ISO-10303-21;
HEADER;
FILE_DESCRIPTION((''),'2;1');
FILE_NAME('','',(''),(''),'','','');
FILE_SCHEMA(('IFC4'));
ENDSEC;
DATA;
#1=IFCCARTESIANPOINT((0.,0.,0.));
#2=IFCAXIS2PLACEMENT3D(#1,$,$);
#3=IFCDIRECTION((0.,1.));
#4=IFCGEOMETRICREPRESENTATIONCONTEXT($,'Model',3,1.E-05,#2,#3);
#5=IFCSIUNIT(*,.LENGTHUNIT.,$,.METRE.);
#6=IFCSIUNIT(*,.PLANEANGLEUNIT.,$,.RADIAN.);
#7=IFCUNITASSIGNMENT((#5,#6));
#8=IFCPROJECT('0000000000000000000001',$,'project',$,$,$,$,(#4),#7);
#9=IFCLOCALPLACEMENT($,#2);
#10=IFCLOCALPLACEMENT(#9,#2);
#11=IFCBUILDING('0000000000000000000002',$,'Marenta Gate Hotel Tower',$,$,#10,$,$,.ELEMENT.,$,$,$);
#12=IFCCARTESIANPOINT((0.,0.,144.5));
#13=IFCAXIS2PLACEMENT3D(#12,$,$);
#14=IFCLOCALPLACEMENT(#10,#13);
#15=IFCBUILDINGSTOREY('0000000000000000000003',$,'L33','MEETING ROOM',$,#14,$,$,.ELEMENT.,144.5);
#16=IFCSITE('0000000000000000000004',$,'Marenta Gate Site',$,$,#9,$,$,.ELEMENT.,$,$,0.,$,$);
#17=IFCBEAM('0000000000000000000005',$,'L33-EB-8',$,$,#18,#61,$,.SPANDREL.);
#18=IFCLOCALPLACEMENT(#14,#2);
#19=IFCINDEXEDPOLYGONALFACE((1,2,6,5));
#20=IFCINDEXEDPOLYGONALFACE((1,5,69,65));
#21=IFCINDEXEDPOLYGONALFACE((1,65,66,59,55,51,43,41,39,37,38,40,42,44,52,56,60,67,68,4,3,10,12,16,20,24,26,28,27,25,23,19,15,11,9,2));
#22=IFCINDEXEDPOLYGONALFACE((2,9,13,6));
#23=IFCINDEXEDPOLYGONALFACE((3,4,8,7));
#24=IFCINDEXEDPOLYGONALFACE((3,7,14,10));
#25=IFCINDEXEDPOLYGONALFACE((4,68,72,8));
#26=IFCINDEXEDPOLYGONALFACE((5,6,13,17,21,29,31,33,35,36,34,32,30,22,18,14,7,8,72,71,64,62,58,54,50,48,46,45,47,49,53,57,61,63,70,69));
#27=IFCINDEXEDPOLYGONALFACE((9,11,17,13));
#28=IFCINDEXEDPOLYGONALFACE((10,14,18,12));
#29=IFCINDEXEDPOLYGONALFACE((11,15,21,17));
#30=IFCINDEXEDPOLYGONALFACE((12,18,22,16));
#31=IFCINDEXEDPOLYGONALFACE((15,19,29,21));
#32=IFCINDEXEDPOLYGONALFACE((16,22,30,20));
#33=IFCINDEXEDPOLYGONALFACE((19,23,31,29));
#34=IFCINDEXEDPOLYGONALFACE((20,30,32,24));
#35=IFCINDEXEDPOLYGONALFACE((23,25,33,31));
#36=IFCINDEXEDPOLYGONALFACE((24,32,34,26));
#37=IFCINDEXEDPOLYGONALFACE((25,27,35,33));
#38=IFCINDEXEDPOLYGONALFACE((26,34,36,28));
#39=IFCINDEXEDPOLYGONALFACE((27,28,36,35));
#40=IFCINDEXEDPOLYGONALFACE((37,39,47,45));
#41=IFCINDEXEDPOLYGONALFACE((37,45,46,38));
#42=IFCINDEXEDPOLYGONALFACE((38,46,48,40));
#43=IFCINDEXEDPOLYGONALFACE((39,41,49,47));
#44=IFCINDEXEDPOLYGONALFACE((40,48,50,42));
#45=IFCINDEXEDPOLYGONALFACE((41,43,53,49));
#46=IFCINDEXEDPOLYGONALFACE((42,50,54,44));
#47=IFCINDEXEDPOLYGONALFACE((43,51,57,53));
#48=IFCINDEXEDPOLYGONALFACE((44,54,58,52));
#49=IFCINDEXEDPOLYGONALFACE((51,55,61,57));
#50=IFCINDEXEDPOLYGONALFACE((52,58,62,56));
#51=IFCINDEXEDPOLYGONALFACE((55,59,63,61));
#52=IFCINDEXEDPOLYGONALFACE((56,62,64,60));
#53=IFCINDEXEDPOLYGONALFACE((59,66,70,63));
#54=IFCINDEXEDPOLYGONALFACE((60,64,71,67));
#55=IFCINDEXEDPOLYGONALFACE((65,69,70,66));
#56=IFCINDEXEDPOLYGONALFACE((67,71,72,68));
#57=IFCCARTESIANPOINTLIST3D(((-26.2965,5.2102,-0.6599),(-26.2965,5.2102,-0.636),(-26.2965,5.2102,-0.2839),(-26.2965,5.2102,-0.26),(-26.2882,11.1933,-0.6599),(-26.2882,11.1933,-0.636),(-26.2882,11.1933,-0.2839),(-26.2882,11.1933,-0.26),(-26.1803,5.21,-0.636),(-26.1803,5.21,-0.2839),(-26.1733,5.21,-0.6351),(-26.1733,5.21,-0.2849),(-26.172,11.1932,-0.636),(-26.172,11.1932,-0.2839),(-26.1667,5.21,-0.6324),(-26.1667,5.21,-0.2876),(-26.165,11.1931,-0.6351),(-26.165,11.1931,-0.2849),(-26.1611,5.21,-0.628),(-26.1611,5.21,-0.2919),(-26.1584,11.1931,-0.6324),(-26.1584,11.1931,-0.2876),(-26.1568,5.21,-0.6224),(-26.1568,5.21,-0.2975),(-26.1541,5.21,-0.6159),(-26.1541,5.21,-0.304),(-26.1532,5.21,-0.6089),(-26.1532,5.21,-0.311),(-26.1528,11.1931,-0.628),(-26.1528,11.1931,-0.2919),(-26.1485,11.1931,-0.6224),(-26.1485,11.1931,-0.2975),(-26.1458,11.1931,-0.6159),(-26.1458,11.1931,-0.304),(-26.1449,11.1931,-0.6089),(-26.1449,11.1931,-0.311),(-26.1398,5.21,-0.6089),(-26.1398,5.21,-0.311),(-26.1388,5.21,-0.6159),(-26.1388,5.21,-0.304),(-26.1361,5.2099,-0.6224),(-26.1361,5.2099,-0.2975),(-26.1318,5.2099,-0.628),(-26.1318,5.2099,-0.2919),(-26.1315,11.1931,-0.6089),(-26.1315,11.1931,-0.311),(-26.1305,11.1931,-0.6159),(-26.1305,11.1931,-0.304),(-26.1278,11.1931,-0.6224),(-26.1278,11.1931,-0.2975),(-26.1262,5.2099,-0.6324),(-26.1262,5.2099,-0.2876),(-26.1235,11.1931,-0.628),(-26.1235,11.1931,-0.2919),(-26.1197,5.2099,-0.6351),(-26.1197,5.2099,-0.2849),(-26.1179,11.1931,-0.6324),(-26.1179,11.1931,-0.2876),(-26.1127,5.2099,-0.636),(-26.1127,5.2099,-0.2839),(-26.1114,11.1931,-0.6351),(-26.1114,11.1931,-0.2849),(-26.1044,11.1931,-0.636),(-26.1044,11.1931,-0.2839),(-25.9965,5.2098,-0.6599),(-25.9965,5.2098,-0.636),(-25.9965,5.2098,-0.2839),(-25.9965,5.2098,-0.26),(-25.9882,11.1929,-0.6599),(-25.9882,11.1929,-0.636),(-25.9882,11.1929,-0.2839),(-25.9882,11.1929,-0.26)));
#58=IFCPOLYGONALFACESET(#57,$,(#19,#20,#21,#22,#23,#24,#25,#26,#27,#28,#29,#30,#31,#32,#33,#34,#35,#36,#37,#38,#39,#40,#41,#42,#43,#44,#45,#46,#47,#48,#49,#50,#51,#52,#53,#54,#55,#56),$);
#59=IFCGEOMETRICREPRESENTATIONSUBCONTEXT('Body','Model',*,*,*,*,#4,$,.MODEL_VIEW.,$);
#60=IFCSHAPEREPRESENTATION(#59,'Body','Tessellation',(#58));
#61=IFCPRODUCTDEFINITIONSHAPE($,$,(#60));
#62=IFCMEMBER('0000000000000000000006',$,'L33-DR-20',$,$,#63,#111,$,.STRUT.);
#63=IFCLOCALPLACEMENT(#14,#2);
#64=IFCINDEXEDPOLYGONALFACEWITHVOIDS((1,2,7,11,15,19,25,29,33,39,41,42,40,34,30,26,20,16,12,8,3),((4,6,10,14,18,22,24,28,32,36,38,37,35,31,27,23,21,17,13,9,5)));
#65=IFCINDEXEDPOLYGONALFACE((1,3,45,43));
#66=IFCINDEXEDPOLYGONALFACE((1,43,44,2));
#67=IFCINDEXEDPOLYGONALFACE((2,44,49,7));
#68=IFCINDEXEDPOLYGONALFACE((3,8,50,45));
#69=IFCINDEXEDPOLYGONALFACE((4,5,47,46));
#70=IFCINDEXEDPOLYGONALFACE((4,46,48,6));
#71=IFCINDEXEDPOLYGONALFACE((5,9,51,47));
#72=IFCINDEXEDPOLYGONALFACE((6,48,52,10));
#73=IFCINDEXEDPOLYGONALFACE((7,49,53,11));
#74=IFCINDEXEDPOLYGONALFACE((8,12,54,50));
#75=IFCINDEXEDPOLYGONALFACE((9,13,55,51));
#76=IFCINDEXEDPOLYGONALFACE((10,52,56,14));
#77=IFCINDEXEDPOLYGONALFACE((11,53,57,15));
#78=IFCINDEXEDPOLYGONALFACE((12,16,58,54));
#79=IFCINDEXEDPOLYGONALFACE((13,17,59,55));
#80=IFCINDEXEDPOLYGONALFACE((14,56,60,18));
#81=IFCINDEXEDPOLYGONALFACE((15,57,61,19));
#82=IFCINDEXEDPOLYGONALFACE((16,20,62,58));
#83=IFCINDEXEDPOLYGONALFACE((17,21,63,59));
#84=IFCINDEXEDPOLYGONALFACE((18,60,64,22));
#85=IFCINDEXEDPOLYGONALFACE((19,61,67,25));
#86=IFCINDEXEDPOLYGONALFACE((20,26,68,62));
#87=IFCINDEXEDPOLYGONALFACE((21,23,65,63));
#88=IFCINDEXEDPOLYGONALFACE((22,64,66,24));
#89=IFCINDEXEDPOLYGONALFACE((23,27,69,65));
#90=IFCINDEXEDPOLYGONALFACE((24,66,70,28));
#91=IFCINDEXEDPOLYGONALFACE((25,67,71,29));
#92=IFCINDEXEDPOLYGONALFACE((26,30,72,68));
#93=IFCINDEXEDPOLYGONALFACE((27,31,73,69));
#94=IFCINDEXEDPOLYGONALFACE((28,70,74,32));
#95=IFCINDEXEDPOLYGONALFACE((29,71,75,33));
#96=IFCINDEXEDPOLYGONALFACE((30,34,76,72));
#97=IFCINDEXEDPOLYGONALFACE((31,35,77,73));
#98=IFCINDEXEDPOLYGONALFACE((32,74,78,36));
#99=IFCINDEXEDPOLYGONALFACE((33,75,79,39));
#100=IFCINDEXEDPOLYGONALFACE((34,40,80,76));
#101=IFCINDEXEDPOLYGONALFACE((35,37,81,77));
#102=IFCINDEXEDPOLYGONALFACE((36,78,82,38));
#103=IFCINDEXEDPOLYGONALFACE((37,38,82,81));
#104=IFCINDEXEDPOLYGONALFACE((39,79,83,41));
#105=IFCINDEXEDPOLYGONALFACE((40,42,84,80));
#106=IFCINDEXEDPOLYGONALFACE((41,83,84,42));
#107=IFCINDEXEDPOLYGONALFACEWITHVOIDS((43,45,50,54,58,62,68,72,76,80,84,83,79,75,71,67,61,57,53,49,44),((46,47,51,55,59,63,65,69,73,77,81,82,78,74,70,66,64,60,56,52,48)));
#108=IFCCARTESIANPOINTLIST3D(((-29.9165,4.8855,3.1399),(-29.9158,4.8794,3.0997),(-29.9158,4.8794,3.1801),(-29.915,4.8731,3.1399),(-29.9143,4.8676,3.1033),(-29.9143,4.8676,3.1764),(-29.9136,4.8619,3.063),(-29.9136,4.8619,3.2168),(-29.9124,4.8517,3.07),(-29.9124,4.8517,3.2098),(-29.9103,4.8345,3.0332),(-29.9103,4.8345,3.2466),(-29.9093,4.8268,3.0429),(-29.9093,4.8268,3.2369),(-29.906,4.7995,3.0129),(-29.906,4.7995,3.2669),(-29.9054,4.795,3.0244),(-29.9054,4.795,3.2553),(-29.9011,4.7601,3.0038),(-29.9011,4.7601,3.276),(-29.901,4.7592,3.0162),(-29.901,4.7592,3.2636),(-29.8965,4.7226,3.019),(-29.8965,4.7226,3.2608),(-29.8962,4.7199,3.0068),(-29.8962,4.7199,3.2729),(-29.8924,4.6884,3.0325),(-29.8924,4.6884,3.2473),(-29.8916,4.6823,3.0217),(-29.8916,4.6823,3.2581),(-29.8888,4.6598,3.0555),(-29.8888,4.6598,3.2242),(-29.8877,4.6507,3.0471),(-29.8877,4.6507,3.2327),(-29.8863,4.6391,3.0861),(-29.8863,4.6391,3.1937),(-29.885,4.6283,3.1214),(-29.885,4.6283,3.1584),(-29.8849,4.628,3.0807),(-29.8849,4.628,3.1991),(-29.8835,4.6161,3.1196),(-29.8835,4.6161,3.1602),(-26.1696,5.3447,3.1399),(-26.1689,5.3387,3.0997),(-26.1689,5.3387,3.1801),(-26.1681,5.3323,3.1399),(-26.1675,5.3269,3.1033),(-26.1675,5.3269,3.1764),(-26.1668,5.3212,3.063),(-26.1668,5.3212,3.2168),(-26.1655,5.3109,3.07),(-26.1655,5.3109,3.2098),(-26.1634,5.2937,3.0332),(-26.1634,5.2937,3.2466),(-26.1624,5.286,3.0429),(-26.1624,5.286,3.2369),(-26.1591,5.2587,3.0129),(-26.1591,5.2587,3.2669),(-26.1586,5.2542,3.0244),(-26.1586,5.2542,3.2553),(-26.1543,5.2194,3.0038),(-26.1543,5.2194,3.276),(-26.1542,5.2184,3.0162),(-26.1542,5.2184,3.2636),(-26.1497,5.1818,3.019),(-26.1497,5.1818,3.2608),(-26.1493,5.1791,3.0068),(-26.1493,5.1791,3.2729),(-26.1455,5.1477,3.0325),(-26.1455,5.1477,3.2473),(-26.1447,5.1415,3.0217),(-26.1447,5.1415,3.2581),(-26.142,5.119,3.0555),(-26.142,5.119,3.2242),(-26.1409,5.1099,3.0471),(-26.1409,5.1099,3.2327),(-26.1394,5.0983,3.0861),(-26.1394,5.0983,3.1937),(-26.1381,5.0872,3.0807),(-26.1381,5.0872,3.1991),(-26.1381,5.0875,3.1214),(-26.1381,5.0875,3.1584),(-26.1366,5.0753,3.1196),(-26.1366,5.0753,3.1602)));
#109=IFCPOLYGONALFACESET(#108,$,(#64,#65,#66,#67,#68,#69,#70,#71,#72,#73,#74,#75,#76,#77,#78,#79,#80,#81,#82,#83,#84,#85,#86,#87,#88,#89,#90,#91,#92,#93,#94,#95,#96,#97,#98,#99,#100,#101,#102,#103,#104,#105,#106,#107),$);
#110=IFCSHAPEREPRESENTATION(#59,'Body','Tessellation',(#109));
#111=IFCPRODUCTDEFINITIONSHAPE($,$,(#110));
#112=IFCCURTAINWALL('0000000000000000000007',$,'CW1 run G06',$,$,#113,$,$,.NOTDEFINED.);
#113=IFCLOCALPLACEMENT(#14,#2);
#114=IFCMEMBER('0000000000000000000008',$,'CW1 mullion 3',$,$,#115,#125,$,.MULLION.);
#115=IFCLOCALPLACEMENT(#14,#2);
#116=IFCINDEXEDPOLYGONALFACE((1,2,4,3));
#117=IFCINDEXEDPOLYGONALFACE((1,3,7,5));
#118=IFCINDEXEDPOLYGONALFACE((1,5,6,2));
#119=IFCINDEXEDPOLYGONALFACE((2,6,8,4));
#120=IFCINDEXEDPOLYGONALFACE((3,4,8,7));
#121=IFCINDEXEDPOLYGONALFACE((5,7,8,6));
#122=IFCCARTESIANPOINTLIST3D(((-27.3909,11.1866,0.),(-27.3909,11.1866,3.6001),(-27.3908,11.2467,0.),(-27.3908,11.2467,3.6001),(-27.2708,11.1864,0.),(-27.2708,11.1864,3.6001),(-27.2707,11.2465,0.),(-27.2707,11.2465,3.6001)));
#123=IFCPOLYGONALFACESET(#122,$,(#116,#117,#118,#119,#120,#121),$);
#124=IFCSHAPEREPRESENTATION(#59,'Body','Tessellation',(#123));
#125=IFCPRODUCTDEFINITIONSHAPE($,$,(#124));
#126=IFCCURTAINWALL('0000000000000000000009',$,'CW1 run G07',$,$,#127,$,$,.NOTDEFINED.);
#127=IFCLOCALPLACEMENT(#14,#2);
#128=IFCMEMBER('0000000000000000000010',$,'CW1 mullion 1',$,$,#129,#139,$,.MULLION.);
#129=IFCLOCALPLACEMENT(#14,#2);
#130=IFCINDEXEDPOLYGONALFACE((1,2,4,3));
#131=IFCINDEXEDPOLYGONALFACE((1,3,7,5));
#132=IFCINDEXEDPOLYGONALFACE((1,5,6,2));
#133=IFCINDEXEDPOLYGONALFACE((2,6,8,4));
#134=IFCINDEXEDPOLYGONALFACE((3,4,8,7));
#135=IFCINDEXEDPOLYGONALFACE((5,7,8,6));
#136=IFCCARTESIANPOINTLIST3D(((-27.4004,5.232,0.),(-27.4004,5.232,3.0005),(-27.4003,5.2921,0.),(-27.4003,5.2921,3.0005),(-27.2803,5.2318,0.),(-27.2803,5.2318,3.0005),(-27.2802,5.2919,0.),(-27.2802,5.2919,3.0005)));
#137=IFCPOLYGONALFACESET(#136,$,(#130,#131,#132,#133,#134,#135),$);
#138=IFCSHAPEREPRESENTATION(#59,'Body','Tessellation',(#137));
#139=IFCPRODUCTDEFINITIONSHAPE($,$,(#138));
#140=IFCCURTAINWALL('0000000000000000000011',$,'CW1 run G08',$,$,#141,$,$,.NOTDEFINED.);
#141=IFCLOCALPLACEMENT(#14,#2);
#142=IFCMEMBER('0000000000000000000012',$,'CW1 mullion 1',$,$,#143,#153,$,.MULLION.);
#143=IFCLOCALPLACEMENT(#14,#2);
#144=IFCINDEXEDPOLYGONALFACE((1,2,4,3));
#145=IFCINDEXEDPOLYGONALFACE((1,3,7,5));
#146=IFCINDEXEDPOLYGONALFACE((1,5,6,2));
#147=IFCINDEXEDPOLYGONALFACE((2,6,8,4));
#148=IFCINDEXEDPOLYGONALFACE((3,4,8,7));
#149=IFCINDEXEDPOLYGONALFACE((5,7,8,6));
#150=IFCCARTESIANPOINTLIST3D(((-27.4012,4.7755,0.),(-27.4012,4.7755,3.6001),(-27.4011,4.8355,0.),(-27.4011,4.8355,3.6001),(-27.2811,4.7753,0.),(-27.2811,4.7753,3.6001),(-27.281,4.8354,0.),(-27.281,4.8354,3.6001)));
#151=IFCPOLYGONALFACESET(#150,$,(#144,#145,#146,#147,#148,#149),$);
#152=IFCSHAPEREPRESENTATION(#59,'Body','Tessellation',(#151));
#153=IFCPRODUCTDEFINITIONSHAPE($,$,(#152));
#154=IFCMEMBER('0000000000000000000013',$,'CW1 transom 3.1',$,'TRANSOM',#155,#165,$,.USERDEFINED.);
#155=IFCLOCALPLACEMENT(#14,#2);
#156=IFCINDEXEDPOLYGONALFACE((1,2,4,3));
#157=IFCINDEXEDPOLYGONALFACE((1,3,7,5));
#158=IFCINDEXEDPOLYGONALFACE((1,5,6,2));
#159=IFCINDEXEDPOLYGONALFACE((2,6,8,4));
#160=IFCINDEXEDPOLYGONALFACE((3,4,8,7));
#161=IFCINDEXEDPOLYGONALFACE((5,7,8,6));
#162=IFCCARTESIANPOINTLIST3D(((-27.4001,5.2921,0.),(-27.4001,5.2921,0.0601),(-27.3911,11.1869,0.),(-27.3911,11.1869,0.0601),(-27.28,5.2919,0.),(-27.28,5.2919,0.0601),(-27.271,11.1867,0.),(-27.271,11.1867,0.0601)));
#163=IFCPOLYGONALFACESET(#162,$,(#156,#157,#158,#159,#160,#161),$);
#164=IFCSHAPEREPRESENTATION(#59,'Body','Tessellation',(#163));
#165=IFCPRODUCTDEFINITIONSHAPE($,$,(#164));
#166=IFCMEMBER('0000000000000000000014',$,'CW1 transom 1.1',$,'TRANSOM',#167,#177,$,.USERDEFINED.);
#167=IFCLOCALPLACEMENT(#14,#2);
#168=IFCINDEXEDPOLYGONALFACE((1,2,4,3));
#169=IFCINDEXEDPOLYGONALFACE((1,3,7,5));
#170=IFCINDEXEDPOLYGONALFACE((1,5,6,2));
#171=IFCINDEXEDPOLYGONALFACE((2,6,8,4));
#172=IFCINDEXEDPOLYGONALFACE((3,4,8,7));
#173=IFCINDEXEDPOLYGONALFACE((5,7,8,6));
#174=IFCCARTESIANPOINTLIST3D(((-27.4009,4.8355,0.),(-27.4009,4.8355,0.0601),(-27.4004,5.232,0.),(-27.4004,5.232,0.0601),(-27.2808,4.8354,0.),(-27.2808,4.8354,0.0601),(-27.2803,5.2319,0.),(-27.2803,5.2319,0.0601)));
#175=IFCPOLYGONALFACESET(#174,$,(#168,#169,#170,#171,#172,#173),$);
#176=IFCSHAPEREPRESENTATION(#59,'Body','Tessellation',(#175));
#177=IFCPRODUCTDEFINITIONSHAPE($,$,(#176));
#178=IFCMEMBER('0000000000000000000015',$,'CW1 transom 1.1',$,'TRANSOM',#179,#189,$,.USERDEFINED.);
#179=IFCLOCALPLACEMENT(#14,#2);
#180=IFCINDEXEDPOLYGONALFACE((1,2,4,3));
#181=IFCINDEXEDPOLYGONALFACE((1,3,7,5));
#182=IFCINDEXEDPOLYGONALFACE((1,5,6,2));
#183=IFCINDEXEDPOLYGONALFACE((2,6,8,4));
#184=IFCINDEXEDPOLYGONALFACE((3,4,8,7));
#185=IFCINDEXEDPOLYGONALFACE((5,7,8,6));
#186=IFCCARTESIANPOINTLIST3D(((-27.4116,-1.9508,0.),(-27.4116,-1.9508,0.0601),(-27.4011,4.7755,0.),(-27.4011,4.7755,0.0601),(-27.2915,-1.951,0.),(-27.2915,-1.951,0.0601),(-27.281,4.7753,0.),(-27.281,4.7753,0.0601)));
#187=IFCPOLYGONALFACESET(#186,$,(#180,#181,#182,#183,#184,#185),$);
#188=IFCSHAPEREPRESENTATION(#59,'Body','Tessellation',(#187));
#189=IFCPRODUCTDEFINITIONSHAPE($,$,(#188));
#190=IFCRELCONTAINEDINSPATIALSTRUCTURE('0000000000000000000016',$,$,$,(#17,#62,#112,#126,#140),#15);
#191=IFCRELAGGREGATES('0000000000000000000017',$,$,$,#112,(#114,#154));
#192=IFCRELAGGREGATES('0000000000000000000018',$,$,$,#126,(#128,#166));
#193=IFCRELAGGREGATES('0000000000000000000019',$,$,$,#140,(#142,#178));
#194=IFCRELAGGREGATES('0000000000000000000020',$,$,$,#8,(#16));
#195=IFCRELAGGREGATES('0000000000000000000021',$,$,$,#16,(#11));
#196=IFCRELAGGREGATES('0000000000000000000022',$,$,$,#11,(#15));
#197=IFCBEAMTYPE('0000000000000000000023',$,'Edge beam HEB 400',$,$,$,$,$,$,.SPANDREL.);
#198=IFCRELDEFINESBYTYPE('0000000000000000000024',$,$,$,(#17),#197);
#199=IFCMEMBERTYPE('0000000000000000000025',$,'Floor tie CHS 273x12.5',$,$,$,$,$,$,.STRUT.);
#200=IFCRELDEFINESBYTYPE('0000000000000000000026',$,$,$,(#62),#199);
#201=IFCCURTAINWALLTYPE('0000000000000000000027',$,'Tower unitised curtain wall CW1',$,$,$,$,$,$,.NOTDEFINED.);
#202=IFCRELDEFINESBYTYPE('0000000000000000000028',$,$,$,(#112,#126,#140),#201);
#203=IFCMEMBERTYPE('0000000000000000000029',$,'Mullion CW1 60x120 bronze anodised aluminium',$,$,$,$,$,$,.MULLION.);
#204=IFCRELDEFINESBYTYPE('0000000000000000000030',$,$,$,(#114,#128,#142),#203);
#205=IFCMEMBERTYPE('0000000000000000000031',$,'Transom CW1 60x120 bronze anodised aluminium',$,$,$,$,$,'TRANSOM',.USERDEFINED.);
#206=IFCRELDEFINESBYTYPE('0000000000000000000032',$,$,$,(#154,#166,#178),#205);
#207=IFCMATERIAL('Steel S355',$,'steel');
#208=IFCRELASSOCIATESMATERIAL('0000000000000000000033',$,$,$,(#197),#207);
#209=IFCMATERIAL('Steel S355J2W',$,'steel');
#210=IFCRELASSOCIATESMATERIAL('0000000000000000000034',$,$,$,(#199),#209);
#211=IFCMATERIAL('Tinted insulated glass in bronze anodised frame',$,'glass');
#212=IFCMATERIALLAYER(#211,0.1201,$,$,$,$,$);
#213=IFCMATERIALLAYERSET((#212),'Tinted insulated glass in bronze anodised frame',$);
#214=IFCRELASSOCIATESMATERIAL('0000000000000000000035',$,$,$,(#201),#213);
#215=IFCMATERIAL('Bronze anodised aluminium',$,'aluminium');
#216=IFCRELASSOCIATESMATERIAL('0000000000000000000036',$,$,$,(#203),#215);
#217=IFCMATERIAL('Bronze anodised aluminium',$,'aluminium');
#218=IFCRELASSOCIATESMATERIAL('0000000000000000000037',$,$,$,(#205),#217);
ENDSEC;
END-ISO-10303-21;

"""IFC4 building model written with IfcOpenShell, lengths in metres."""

from ifc_helpers import new_model, si_unit, direction, frame, origin, origin_2d, place, context, subcontext, project, spatial, rectangle, hollow_circle, i_section, extrude, material, layer, layer_set, material_profile, profile_set, type_object, element, aggregate, save


model = new_model("IFC4")

# Units and contexts
model_context = context("Model", 3, precision=1e-05, world=origin(), true_north=direction((0.0, 1.0)))
body_context = subcontext(model_context, "Body", "Model", "MODEL_VIEW")
ifc_project = project(units=[si_unit("LENGTHUNIT", "METRE"), si_unit("PLANEANGLEUNIT", "RADIAN")], contexts=[model_context])

# Site, building, storey
site_placement = place(None, origin())
site = spatial("IfcSite", under=ifc_project, at=site_placement, Name="Marenta Gate Site", CompositionType="ELEMENT", RefElevation=0.0)
building_placement = place(site_placement, origin())
building = spatial("IfcBuilding", under=site, at=building_placement, Name="Marenta Gate Hotel Tower", CompositionType="ELEMENT")
storey_placement = place(building_placement, frame((0.0, 0.0, 144.5)))
storey = spatial("IfcBuildingStorey", under=building, at=storey_placement, Name="L33", Description="MEETING ROOM", CompositionType="ELEMENT", Elevation=144.5)

# Beam
ifc_material_1 = material(Name="Steel S355", Category="steel")
ifc_material_profile_1 = material_profile(ifc_material_1, i_section(OverallWidth=0.3, OverallDepth=0.3999, WebThickness=0.0134, FlangeThickness=0.0239, FilletRadius=0.0271, at=origin_2d()), Name="HEB 400")
ifc_profile_set_1 = profile_set([ifc_material_profile_1], Name="Steel S355")
beam_type = type_object("IfcBeamType", Name="Edge beam HEB 400", PredefinedType="SPANDREL", material=ifc_profile_set_1)
beam_placement = place(storey_placement, frame((-26.1465, 5.21, -0.46), z_axis=(0.001387, 0.999999, 0.0), x_axis=(-0.999999, 0.001387, 0.0)))
element("IfcBeam", 1, at=beam_placement, inside=storey, type_object=beam_type, Name="L33-EB-8", PredefinedType="SPANDREL", context=body_context, shape_type="SweptSolid", body=[
    extrude(i_section(OverallWidth=0.3, OverallDepth=0.3999, WebThickness=0.0134, FlangeThickness=0.0239, FilletRadius=0.0271, at=origin_2d()), origin(), (0.0, 0.0, 1.0), 5.9832),
])

# Member
ifc_material_2 = material(Name="Steel S355J2W", Category="steel")
ifc_material_profile_2 = material_profile(ifc_material_2, hollow_circle(Radius=0.1365, WallThickness=0.0125, at=origin_2d()), Name="CHS 273x12.5")
ifc_profile_set_2 = profile_set([ifc_material_profile_2], Name="Steel S355J2W")
member_type_1 = type_object("IfcMemberType", Name="Floor tie CHS 273x12.5", PredefinedType="STRUT", material=ifc_profile_set_2)
member_1_placement = place(storey_placement, frame((-29.8999, 4.75, 3.1399), z_axis=(0.992573, 0.121654, 0.0), x_axis=(-0.121654, 0.992573, 0.0)))
element("IfcMember", 2, at=member_1_placement, inside=storey, type_object=member_type_1, Name="L33-DR-20", PredefinedType="STRUT", context=body_context, shape_type="SweptSolid", body=[
    extrude(hollow_circle(Radius=0.1365, WallThickness=0.0125, at=origin_2d()), origin(), (0.0, 0.0, 1.0), 3.7749),
])

# Curtain walls, members
ifc_material_3 = material(Name="Tinted insulated glass in bronze anodised frame", Category="glass")
ifc_layer_1 = layer(ifc_material_3, 0.1201)
ifc_layer_set_1 = layer_set([ifc_layer_1], Name="Tinted insulated glass in bronze anodised frame")
curtain_wall_type = type_object("IfcCurtainWallType", Name="Tower unitised curtain wall CW1", PredefinedType="NOTDEFINED", material=ifc_layer_set_1)
curtain_wall_1_placement = place(storey_placement, origin())
curtain_wall_1 = element("IfcCurtainWall", 3, at=curtain_wall_1_placement, inside=storey, type_object=curtain_wall_type, Name="CW1 run G06", PredefinedType="NOTDEFINED")
ifc_material_4 = material(Name="Bronze anodised aluminium", Category="aluminium")
ifc_material_profile_3 = material_profile(ifc_material_4, rectangle(XDim=0.1201, YDim=0.0601, at=origin_2d()), Name="Mullion CW1 60x120 bronze anodised aluminium")
ifc_profile_set_3 = profile_set([ifc_material_profile_3], Name="Bronze anodised aluminium")
member_type_2 = type_object("IfcMemberType", Name="Mullion CW1 60x120 bronze anodised aluminium", PredefinedType="MULLION", material=ifc_profile_set_3)
member_2_placement = place(storey_placement, frame((-27.3308, 11.2166, 0.0), z_axis=(0.0, 0.0, 1.0), x_axis=(0.999999, -0.00157, 0.0)))
member_2 = element("IfcMember", 4, at=member_2_placement, type_object=member_type_2, Name="CW1 mullion 3", PredefinedType="MULLION", context=body_context, shape_type="SweptSolid", body=[
    extrude(rectangle(XDim=0.1201, YDim=0.0601, at=origin_2d()), origin(), (0.0, 0.0, 1.0), 3.6001),
])
curtain_wall_2_placement = place(storey_placement, origin())
curtain_wall_2 = element("IfcCurtainWall", 5, at=curtain_wall_2_placement, inside=storey, type_object=curtain_wall_type, Name="CW1 run G07", PredefinedType="NOTDEFINED")
member_3_placement = place(storey_placement, frame((-27.3403, 5.262, 0.0), z_axis=(0.0, 0.0, 1.0), x_axis=(0.999999, -0.001533, 0.0)))
member_3 = element("IfcMember", 6, at=member_3_placement, type_object=member_type_2, Name="CW1 mullion 1", PredefinedType="MULLION", context=body_context, shape_type="SweptSolid", body=[
    extrude(rectangle(XDim=0.1201, YDim=0.0601, at=origin_2d()), origin(), (0.0, 0.0, 1.0), 3.0005),
])
curtain_wall_3_placement = place(storey_placement, origin())
curtain_wall_3 = element("IfcCurtainWall", 7, at=curtain_wall_3_placement, inside=storey, type_object=curtain_wall_type, Name="CW1 run G08", PredefinedType="NOTDEFINED")
member_4_placement = place(storey_placement, frame((-27.3411, 4.8054, 0.0), z_axis=(0.0, 0.0, 1.0), x_axis=(0.999999, -0.001565, 0.0)))
member_4 = element("IfcMember", 8, at=member_4_placement, type_object=member_type_2, Name="CW1 mullion 1", PredefinedType="MULLION", context=body_context, shape_type="SweptSolid", body=[
    extrude(rectangle(XDim=0.1201, YDim=0.0601, at=origin_2d()), origin(), (0.0, 0.0, 1.0), 3.6001),
])

# Members
ifc_material_5 = material(Name="Bronze anodised aluminium", Category="aluminium")
ifc_material_profile_4 = material_profile(ifc_material_5, rectangle(XDim=0.1201, YDim=0.0601, at=origin_2d()), Name="Transom CW1 60x120 bronze anodised aluminium")
ifc_profile_set_4 = profile_set([ifc_material_profile_4], Name="Bronze anodised aluminium")
member_type_3 = type_object("IfcMemberType", Name="Transom CW1 60x120 bronze anodised aluminium", ElementType="TRANSOM", PredefinedType="USERDEFINED", material=ifc_profile_set_4)
member_5_placement = place(storey_placement, frame((-27.3311, 11.1868, 0.03), z_axis=(-0.001532, -0.999999, 0.0), x_axis=(0.999999, -0.001532, 0.0)))
member_5 = element("IfcMember", 9, at=member_5_placement, type_object=member_type_3, Name="CW1 transom 3.1", ObjectType="TRANSOM", PredefinedType="USERDEFINED", context=body_context, shape_type="SweptSolid", body=[
    extrude(rectangle(XDim=0.1201, YDim=0.0601, at=origin_2d()), origin(), (0.0, 0.0, 1.0), 5.8948),
])
member_6_placement = place(storey_placement, frame((-27.3403, 5.2319, 0.03), z_axis=(-0.001232, -0.999999, 0.0), x_axis=(0.999999, -0.001232, 0.0)))
member_6 = element("IfcMember", 10, at=member_6_placement, type_object=member_type_3, Name="CW1 transom 1.1", ObjectType="TRANSOM", PredefinedType="USERDEFINED", context=body_context, shape_type="SweptSolid", body=[
    extrude(rectangle(XDim=0.1201, YDim=0.0601, at=origin_2d()), origin(), (0.0, 0.0, 1.0), 0.3965),
])
member_7_placement = place(storey_placement, frame((-27.3411, 4.7754, 0.03), z_axis=(-0.001561, -0.999999, 0.0), x_axis=(0.999999, -0.001561, 0.0)))
member_7 = element("IfcMember", 11, at=member_7_placement, type_object=member_type_3, Name="CW1 transom 1.1", ObjectType="TRANSOM", PredefinedType="USERDEFINED", context=body_context, shape_type="SweptSolid", body=[
    extrude(rectangle(XDim=0.1201, YDim=0.0601, at=origin_2d()), origin(), (0.0, 0.0, 1.0), 6.7263),
])

aggregate(curtain_wall_1, [member_2, member_5])
aggregate(curtain_wall_2, [member_3, member_6])
aggregate(curtain_wall_3, [member_4, member_7])

save(model, "model.ifc")
